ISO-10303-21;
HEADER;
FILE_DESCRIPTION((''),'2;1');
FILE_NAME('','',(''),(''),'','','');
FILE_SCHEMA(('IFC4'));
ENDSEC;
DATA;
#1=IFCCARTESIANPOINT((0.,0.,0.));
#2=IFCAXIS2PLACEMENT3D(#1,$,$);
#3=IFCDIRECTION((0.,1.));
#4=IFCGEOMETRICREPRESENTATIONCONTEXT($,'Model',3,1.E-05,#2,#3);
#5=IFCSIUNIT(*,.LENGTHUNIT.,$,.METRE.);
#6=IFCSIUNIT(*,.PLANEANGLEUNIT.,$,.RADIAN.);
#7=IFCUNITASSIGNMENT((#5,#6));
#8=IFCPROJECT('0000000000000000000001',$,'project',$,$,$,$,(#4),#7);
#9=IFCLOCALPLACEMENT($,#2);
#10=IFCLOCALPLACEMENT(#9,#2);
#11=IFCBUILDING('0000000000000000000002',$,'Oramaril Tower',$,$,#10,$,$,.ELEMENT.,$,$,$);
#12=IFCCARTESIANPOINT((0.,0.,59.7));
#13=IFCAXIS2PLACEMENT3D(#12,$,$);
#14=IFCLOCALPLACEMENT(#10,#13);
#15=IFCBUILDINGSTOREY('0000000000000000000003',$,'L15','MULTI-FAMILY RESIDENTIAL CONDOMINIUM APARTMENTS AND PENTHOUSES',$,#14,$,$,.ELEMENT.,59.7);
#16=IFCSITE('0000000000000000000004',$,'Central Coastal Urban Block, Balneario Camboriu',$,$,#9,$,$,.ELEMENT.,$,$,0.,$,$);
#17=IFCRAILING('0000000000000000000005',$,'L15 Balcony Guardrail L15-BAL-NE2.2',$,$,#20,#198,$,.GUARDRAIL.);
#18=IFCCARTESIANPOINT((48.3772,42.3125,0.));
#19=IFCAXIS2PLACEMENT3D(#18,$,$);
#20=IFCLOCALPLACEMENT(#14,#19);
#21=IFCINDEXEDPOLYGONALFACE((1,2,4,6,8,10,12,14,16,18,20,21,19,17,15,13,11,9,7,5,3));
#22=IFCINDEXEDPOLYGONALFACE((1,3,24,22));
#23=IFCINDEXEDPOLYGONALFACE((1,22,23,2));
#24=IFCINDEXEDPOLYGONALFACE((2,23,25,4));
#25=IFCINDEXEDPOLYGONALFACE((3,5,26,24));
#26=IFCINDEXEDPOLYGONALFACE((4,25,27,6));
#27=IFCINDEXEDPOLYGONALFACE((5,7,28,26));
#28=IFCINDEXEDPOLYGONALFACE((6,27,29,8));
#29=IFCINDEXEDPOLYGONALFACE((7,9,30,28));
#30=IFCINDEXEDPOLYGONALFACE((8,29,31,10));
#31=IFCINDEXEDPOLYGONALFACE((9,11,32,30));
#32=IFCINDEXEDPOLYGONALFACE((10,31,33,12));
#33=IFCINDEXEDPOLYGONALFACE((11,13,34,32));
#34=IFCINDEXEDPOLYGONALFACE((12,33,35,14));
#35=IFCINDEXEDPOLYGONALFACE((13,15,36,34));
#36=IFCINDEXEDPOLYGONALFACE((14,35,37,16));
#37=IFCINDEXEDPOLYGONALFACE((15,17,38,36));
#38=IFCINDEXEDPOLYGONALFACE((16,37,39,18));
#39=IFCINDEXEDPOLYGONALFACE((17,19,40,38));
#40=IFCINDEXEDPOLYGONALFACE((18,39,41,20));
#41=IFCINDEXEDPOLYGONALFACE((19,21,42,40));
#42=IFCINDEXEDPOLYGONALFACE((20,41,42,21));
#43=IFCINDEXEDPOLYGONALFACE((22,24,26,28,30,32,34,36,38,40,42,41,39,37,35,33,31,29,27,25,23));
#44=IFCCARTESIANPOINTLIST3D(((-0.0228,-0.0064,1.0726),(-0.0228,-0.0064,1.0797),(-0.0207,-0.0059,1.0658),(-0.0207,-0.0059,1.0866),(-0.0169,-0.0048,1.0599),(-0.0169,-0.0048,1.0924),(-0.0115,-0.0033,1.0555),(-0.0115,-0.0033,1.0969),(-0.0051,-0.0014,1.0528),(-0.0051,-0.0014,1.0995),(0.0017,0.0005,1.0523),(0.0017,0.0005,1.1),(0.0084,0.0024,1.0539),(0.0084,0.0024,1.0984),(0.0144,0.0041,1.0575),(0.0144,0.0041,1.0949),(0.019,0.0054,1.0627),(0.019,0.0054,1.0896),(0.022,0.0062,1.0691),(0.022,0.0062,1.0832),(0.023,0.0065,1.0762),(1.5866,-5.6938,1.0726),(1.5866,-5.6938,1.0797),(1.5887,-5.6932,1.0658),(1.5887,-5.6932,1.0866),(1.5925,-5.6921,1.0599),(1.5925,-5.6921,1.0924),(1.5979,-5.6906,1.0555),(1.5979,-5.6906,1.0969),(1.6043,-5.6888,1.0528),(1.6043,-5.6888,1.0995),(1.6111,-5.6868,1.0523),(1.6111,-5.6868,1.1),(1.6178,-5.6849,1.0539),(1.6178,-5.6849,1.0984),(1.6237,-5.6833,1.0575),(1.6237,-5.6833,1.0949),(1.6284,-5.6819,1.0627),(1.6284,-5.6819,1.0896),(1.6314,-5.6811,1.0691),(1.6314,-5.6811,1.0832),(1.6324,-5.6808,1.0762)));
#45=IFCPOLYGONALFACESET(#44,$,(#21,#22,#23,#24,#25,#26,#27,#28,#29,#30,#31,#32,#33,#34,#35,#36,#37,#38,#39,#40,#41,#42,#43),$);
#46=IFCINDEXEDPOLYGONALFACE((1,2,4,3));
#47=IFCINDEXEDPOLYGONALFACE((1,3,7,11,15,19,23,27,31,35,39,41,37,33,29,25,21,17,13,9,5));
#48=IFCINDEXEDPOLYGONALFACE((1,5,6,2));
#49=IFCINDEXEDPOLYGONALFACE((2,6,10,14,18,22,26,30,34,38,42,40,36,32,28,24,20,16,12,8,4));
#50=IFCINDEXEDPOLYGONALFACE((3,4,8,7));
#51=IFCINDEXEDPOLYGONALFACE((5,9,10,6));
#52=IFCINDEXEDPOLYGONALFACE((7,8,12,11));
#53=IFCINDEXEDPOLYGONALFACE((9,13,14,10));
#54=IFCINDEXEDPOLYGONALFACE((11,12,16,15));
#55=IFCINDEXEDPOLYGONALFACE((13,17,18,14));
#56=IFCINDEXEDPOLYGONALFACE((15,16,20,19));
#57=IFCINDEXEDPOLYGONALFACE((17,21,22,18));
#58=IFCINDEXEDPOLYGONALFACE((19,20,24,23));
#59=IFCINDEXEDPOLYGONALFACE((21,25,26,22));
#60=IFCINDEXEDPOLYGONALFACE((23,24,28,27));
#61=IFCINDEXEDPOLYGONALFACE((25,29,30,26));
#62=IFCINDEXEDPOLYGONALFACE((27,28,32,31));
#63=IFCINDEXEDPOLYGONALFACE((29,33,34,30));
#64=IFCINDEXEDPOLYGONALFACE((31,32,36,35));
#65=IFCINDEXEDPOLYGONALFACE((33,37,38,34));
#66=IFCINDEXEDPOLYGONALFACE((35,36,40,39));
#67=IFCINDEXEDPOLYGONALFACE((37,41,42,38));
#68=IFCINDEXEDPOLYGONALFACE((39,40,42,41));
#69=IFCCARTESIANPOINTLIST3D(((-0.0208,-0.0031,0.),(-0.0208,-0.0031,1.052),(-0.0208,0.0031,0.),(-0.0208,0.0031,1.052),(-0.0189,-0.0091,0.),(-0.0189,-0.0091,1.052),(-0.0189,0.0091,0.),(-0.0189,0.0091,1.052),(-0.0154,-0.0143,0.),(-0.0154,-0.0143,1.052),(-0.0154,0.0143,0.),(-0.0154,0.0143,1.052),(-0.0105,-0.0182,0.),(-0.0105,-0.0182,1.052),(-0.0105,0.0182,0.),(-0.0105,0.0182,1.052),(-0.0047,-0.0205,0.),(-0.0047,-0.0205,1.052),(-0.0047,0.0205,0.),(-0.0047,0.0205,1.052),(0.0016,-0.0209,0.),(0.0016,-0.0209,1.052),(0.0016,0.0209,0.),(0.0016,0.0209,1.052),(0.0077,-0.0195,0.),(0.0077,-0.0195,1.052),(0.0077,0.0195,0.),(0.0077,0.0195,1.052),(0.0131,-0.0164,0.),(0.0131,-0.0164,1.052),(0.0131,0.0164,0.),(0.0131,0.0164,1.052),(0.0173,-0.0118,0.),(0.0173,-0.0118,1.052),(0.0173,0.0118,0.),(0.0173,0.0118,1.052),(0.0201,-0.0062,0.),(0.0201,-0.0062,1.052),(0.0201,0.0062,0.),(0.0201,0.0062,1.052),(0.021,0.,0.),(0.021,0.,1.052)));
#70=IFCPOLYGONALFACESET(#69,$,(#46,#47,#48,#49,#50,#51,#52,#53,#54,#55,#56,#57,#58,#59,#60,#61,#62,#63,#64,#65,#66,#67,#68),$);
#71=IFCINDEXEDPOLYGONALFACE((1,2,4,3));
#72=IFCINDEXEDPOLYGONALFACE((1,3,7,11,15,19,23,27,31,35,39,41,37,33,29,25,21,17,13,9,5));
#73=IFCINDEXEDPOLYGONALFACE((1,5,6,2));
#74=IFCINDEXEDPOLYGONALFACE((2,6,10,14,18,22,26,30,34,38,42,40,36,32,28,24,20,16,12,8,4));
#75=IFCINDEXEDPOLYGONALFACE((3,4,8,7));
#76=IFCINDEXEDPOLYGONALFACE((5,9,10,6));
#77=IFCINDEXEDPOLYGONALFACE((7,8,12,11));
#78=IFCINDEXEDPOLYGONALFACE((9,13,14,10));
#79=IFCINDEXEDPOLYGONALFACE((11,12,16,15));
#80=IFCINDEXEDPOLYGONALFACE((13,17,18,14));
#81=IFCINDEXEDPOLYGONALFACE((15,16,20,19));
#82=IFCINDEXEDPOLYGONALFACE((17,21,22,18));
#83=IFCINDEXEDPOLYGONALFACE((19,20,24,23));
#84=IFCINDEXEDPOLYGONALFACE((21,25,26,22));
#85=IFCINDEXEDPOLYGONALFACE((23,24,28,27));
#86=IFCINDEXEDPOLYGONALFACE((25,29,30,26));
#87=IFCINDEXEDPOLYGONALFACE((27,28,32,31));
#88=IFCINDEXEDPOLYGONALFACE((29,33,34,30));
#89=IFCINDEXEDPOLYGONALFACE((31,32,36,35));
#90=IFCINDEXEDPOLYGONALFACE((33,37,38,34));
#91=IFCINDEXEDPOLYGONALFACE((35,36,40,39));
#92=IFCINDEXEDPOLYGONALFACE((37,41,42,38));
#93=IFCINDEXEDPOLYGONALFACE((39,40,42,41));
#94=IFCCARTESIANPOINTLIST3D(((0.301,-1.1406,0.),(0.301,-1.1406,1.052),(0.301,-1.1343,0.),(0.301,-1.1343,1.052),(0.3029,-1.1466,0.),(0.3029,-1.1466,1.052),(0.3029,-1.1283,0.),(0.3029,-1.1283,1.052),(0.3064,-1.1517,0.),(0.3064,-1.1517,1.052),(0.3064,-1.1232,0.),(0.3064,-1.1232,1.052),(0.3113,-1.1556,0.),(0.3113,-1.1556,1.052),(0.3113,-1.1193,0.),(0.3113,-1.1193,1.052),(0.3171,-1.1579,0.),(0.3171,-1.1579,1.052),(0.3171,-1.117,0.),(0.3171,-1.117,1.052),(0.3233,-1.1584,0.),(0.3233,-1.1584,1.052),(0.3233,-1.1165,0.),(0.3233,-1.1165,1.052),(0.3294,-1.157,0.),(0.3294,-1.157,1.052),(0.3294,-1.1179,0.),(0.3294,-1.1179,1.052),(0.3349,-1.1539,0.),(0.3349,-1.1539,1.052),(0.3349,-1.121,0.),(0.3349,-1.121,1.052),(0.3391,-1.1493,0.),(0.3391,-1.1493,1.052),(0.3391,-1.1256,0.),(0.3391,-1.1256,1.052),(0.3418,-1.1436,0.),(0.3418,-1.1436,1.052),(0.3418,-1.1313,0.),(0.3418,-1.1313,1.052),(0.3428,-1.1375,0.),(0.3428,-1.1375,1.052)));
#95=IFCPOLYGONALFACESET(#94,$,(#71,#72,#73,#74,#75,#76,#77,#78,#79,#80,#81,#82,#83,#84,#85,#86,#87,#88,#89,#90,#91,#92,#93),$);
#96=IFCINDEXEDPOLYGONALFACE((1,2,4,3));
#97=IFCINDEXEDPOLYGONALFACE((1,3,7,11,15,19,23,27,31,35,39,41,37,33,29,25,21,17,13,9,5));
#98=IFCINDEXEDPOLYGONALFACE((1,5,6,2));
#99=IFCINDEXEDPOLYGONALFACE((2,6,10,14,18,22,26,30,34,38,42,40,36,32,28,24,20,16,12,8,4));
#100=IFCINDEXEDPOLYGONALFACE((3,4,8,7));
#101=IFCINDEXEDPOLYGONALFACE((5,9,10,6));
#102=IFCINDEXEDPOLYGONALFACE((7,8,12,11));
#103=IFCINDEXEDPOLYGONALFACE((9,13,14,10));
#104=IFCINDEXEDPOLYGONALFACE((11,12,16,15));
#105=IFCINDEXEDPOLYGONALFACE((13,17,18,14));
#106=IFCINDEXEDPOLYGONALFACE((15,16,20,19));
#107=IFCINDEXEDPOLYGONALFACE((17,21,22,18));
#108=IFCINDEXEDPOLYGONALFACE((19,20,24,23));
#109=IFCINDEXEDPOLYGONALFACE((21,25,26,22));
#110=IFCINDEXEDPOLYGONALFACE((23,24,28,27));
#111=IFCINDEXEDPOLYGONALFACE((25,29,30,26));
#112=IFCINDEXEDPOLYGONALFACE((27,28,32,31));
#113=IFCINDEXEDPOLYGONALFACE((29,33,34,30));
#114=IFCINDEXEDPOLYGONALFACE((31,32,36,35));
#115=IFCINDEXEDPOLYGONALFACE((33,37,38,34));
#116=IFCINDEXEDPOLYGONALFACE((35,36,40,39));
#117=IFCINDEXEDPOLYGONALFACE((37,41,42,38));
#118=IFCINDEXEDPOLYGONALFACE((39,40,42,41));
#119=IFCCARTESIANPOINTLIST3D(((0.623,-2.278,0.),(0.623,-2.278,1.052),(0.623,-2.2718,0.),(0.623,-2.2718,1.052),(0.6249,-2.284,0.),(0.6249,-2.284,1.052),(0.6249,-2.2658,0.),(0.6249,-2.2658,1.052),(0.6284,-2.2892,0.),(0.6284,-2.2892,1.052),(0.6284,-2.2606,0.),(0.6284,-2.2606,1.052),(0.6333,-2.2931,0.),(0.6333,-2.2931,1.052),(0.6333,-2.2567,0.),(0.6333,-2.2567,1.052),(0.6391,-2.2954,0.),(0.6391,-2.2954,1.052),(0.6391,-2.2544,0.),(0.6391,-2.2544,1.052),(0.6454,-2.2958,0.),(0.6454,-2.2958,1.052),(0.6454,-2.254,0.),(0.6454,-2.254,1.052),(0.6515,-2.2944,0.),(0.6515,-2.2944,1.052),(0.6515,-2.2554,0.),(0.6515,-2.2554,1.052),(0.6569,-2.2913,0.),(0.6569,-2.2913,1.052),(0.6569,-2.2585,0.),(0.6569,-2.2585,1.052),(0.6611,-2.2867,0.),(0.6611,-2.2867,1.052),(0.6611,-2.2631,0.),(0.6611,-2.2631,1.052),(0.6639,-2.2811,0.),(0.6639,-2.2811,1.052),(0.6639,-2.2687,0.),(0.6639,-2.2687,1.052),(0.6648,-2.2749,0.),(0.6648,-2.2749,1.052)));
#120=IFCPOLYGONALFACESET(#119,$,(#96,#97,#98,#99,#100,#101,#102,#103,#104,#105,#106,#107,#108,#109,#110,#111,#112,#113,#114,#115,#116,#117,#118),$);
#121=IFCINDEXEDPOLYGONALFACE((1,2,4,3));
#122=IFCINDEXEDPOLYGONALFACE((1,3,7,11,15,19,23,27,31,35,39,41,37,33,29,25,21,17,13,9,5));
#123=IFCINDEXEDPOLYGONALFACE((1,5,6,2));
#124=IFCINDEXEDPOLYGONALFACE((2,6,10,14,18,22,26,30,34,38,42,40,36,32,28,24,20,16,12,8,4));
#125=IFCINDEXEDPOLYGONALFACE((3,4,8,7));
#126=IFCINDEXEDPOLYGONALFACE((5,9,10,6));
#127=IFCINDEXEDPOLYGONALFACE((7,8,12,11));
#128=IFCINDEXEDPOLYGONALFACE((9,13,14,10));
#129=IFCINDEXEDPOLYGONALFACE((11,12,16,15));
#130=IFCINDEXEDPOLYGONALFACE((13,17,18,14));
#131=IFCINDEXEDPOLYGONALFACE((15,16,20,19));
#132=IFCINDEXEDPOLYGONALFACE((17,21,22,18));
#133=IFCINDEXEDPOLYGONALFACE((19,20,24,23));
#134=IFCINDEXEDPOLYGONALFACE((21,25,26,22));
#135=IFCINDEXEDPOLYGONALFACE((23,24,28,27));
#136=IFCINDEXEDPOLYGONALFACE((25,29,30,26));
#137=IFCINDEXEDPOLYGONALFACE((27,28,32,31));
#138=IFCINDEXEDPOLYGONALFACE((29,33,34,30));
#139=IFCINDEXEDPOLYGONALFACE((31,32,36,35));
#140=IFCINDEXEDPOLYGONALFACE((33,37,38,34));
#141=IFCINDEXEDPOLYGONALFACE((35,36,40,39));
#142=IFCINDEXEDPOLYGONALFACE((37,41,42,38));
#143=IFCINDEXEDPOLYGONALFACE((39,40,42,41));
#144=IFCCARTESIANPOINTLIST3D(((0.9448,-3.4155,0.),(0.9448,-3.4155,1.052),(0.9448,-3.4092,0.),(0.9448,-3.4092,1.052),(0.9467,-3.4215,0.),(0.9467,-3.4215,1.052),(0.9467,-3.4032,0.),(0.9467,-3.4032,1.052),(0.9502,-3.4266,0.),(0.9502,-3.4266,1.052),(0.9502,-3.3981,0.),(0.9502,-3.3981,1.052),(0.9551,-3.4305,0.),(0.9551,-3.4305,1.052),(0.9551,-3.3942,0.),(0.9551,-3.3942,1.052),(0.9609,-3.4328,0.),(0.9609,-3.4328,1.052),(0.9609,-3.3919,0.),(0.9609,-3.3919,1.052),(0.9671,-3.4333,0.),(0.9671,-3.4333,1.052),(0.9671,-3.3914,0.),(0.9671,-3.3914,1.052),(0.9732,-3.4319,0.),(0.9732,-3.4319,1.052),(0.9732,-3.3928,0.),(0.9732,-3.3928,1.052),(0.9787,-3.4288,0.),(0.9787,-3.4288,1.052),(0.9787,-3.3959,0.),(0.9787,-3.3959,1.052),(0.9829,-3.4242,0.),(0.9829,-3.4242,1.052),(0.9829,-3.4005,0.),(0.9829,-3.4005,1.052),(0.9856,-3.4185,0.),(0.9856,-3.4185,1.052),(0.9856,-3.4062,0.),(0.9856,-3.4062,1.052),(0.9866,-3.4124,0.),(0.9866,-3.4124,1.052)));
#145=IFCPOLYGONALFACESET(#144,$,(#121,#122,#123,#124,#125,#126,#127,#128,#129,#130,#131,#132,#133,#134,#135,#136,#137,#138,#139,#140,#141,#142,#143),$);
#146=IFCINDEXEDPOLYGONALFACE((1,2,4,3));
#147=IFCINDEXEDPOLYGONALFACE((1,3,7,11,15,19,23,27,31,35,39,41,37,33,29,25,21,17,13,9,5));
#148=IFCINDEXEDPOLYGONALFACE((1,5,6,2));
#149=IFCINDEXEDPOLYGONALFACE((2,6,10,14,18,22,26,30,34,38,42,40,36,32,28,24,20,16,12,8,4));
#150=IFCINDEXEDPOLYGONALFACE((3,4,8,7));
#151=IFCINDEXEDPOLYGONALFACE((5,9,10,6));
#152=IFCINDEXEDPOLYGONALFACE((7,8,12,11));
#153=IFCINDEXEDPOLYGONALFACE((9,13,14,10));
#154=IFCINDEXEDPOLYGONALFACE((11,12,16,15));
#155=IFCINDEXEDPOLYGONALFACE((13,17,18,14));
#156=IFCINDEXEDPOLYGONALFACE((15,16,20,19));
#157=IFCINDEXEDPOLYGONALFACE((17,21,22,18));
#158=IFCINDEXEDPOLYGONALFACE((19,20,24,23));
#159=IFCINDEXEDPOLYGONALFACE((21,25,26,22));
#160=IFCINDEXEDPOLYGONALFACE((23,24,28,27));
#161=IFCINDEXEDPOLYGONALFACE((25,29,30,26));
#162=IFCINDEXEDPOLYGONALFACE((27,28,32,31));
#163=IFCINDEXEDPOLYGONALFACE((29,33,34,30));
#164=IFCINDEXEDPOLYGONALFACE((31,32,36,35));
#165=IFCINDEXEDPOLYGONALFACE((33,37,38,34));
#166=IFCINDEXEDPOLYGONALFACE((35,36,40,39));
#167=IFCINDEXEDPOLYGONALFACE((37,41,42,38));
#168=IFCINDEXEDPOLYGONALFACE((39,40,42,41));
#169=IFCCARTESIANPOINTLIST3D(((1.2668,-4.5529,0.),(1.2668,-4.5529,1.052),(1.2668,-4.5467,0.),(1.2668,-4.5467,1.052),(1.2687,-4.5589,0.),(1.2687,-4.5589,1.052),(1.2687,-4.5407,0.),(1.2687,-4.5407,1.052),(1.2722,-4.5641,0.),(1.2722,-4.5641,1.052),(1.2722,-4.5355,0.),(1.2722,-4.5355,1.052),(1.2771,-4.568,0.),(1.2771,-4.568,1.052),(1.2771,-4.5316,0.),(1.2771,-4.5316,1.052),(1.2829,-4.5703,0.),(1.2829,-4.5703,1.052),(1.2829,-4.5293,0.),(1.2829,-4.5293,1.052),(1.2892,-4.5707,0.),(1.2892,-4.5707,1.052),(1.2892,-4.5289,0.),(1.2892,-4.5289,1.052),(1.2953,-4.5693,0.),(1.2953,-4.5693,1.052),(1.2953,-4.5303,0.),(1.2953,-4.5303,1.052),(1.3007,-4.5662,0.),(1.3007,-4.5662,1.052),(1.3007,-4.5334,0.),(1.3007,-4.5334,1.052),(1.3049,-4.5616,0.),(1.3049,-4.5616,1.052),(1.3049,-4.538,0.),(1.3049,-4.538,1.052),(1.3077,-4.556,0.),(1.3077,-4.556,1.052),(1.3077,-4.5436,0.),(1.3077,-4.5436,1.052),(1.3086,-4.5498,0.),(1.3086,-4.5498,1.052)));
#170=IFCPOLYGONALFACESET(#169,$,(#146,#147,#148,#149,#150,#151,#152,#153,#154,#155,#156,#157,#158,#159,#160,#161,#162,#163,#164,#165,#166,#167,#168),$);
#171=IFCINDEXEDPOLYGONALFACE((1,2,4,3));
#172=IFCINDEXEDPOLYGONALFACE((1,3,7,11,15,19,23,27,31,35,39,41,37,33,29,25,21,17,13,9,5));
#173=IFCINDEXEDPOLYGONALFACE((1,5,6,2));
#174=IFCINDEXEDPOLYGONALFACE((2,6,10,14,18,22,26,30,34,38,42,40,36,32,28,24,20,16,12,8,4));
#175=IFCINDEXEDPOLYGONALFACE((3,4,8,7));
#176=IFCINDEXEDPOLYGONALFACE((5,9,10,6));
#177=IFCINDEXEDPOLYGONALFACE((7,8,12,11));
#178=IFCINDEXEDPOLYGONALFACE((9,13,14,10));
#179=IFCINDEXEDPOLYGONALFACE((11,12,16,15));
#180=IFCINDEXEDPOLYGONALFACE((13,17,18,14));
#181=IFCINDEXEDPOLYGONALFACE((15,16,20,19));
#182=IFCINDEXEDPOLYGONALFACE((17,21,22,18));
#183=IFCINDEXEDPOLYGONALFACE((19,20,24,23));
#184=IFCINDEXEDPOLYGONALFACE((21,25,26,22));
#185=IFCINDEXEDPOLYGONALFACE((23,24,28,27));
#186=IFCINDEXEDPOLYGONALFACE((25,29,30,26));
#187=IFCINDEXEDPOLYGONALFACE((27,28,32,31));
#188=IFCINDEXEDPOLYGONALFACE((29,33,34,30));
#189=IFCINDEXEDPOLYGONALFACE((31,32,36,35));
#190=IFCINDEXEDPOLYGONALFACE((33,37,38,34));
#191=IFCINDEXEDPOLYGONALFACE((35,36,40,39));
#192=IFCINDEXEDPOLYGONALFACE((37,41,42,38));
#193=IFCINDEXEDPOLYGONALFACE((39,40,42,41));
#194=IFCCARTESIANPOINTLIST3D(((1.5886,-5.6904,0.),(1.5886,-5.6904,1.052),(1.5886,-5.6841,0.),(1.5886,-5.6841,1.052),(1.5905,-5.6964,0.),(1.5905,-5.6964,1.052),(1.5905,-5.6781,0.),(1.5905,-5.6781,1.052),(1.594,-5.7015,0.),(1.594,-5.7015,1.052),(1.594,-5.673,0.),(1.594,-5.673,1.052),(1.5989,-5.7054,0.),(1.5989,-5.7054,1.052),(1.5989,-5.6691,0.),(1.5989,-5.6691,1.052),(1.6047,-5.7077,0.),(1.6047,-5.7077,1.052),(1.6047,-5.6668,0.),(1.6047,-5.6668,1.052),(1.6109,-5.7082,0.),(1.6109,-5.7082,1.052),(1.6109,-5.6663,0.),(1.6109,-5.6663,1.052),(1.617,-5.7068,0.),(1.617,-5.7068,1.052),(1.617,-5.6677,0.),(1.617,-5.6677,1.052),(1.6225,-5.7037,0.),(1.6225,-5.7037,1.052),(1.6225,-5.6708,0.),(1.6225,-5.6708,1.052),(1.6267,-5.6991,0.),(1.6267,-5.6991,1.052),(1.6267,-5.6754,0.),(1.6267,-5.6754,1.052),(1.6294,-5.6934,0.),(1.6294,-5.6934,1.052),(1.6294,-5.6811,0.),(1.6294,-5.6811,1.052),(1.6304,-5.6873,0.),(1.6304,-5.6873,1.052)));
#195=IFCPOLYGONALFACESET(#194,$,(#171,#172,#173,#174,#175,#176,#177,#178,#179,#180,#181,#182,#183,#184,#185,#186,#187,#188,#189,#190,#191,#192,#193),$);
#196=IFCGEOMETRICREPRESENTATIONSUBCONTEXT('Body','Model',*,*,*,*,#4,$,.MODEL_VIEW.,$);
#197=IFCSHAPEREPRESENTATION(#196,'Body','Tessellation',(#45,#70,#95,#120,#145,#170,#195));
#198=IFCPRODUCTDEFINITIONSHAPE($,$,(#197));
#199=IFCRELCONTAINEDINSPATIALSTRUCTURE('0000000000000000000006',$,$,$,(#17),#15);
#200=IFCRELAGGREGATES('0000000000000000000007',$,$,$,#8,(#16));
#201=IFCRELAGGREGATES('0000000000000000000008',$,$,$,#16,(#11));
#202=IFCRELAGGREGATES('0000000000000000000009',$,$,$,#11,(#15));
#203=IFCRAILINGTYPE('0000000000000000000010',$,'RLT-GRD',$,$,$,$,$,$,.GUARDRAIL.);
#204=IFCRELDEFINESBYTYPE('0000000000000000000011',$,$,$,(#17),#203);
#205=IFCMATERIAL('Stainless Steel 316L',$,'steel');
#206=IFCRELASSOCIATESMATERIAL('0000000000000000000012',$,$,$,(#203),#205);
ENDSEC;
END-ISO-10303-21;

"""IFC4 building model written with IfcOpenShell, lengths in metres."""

from ifc_helpers import new_model, si_unit, direction, frame, origin, origin_2d, place, context, subcontext, project, spatial, circle, extrude, material, type_object, element, save


model = new_model("IFC4")

# Units and contexts
model_context = context("Model", 3, precision=1e-05, world=origin(), true_north=direction((0.0, 1.0)))
body_context = subcontext(model_context, "Body", "Model", "MODEL_VIEW")
ifc_project = project(units=[si_unit("LENGTHUNIT", "METRE"), si_unit("PLANEANGLEUNIT", "RADIAN")], contexts=[model_context])

# Site, building, storey
site_placement = place(None, origin())
site = spatial("IfcSite", under=ifc_project, at=site_placement, Name="Central Coastal Urban Block, Balneario Camboriu", CompositionType="ELEMENT", RefElevation=0.0)
building_placement = place(site_placement, origin())
building = spatial("IfcBuilding", under=site, at=building_placement, Name="Oramaril Tower", CompositionType="ELEMENT")
storey_placement = place(building_placement, frame((0.0, 0.0, 59.7)))
storey = spatial("IfcBuildingStorey", under=building, at=storey_placement, Name="L15", Description="MULTI-FAMILY RESIDENTIAL CONDOMINIUM APARTMENTS AND PENTHOUSES", CompositionType="ELEMENT", Elevation=59.7)

# Railing
ifc_material_1 = material(Name="Stainless Steel 316L", Category="steel")
railing_type = type_object("IfcRailingType", Name="RLT-GRD", PredefinedType="GUARDRAIL", material=ifc_material_1)
railing_1_placement = place(storey_placement, frame((48.3772, 42.3125, 0.0)))
element("IfcRailing", 1, at=railing_1_placement, inside=storey, type_object=railing_type, Name="L15 Balcony Guardrail L15-BAL-NE2.2", PredefinedType="GUARDRAIL", context=body_context, shape_type="SweptSolid", body=[
    extrude(circle(Radius=0.0239, at=origin_2d()), frame((0.0, 0.0, 1.0762), z_axis=(0.272287, -0.962216, 0.0), x_axis=(0.962216, 0.272287, 0.0)), (0.0, 0.0, 1.0), 5.9106),
    extrude(circle(Radius=0.021, at=origin_2d()), origin(), (0.0, 0.0, 1.0), 1.052),
    extrude(circle(Radius=0.021, at=origin_2d()), frame((0.3218, -1.1375, 0.0)), (0.0, 0.0, 1.0), 1.052),
    extrude(circle(Radius=0.021, at=origin_2d()), frame((0.6438, -2.2749, 0.0)), (0.0, 0.0, 1.0), 1.052),
    extrude(circle(Radius=0.021, at=origin_2d()), frame((0.9656, -3.4124, 0.0)), (0.0, 0.0, 1.0), 1.052),
    extrude(circle(Radius=0.021, at=origin_2d()), frame((1.2876, -4.5498, 0.0)), (0.0, 0.0, 1.0), 1.052),
    extrude(circle(Radius=0.021, at=origin_2d()), frame((1.6094, -5.6873, 0.0)), (0.0, 0.0, 1.0), 1.052),
])

save(model, "model.ifc")
